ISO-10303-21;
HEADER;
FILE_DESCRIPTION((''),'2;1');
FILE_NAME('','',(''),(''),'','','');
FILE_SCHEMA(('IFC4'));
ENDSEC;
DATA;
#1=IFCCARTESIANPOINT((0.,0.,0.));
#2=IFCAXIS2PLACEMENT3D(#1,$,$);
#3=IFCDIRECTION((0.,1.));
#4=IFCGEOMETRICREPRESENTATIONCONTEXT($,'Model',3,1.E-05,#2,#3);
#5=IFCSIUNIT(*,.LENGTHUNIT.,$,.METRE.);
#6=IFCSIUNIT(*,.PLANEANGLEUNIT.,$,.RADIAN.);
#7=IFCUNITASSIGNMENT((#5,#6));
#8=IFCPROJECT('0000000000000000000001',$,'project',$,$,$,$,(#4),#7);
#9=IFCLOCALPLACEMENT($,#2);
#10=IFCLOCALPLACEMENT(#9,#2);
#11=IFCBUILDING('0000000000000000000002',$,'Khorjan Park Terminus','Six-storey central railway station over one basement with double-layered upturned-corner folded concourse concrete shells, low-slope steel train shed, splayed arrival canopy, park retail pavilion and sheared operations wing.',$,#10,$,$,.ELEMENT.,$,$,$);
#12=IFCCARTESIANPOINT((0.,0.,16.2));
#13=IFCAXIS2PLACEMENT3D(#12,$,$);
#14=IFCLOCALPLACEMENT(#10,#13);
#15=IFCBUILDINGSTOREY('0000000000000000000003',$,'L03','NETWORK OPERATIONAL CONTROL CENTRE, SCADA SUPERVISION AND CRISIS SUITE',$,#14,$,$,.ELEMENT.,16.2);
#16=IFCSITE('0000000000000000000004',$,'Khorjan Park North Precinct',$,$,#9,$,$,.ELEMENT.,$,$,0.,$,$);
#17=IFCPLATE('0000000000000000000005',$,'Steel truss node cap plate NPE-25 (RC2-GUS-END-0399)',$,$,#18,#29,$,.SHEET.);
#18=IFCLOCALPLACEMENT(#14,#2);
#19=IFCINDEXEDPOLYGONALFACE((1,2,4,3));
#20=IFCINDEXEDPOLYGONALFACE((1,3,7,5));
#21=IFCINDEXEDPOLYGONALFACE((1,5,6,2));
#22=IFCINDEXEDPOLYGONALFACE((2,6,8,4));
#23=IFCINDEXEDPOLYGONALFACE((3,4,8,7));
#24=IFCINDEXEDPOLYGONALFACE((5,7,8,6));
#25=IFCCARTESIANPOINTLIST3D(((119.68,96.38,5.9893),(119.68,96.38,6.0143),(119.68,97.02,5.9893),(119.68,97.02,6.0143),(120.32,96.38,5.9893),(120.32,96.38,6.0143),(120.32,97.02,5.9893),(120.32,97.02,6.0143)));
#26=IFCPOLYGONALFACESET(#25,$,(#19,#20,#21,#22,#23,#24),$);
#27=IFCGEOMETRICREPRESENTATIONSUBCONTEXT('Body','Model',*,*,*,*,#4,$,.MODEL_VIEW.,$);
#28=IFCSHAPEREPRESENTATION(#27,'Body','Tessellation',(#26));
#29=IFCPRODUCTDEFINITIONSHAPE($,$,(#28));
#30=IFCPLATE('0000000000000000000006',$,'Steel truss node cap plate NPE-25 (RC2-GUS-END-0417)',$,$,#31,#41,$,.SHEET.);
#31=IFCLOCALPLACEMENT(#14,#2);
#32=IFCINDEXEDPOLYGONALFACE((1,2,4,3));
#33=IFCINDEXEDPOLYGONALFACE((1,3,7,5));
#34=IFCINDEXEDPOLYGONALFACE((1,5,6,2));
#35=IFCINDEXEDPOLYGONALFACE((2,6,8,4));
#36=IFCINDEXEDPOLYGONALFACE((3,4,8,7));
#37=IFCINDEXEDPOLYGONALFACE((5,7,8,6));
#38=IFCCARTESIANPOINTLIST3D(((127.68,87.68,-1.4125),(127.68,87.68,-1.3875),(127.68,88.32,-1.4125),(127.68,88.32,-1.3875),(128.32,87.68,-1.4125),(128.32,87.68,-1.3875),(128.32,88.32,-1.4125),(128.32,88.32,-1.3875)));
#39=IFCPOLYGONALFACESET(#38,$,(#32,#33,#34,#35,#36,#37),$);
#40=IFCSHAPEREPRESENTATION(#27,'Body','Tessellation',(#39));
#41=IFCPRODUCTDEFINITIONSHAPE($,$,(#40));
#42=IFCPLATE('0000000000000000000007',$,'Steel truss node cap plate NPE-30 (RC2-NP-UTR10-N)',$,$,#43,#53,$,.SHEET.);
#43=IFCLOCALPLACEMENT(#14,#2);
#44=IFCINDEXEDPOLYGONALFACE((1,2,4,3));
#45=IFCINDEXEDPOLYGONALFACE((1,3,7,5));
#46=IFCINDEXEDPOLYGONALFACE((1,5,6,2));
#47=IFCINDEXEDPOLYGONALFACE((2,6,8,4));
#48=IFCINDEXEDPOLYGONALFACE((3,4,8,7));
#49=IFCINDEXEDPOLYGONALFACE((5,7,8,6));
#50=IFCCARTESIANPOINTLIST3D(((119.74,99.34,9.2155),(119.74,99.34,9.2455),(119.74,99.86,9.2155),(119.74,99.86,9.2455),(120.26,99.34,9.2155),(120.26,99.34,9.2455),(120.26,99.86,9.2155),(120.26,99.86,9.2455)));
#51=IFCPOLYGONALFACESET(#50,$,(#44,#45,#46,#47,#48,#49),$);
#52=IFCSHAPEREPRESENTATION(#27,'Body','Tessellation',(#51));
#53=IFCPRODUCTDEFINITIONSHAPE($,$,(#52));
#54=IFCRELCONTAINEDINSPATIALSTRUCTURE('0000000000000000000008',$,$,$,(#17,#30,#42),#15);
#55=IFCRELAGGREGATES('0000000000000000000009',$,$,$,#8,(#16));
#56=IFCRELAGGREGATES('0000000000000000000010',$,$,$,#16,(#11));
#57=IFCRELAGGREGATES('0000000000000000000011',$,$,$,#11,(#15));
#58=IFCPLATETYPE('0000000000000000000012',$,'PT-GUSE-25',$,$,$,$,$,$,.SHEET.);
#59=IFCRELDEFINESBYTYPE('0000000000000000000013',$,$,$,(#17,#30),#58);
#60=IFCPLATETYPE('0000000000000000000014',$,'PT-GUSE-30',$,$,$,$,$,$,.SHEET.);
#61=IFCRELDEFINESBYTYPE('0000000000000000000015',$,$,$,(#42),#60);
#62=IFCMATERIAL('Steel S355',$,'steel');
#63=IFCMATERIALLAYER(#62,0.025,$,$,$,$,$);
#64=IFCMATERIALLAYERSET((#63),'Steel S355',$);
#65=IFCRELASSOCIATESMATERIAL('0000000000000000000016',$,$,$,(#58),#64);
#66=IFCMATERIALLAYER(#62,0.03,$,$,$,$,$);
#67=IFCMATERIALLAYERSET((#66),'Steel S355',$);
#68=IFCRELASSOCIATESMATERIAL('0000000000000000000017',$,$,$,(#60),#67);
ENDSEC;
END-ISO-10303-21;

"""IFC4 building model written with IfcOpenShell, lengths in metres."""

from ifc_helpers import new_model, si_unit, direction, frame, origin, origin_2d, place, context, subcontext, project, spatial, rectangle, extrude, material, layer, layer_set, type_object, element, save


model = new_model("IFC4")

# Units and contexts
model_context = context("Model", 3, precision=1e-05, world=origin(), true_north=direction((0.0, 1.0)))
body_context = subcontext(model_context, "Body", "Model", "MODEL_VIEW")
ifc_project = project(units=[si_unit("LENGTHUNIT", "METRE"), si_unit("PLANEANGLEUNIT", "RADIAN")], contexts=[model_context])

# Site, building, storey
site_placement = place(None, origin())
site = spatial("IfcSite", under=ifc_project, at=site_placement, Name="Khorjan Park North Precinct", CompositionType="ELEMENT", RefElevation=0.0)
building_placement = place(site_placement, origin())
building = spatial("IfcBuilding", under=site, at=building_placement, Name="Khorjan Park Terminus", Description="Six-storey central railway station over one basement with double-layered upturned-corner folded concourse concrete shells, low-slope steel train shed, splayed arrival canopy, park retail pavilion and sheared operations wing.", CompositionType="ELEMENT")
storey_placement = place(building_placement, frame((0.0, 0.0, 16.2)))
storey = spatial("IfcBuildingStorey", under=building, at=storey_placement, Name="L03", Description="NETWORK OPERATIONAL CONTROL CENTRE, SCADA SUPERVISION AND CRISIS SUITE", CompositionType="ELEMENT", Elevation=16.2)

# Shared definitions
ifc_material_1 = material(Name="Steel S355", Category="steel")

# Plates
ifc_layer_1 = layer(ifc_material_1, 0.025)
ifc_layer_set_1 = layer_set([ifc_layer_1], Name="Steel S355")
plate_type_1 = type_object("IfcPlateType", Name="PT-GUSE-25", PredefinedType="SHEET", material=ifc_layer_set_1)
for number, where, z_axis, x_axis, name in (
    (1, (120.0, 96.7, 5.9893), (0.0, 0.0, 1.0), (1.0, 0.0, 0.0), "Steel truss node cap plate NPE-25 (RC2-GUS-END-0399)"),
    (2, (128.0, 88.0, -1.4125), (0.0, 0.0, 1.0), (1.0, 0.0, 0.0), "Steel truss node cap plate NPE-25 (RC2-GUS-END-0417)"),
):
    element("IfcPlate", number, at=place(storey_placement, frame(where, z_axis=z_axis, x_axis=x_axis)), inside=storey, type_object=plate_type_1, Name=name, PredefinedType="SHEET", context=body_context, shape_type="SweptSolid", body=[
        extrude(rectangle(XDim=0.64, YDim=0.64, at=origin_2d()), origin(), (0.0, 0.0, 1.0), 0.025),
    ])
ifc_layer_2 = layer(ifc_material_1, 0.03)
ifc_layer_set_2 = layer_set([ifc_layer_2], Name="Steel S355")
plate_type_2 = type_object("IfcPlateType", Name="PT-GUSE-30", PredefinedType="SHEET", material=ifc_layer_set_2)
plate_1_placement = place(storey_placement, frame((120.0, 99.6, 9.2155), z_axis=(0.0, 0.0, 1.0), x_axis=(1.0, 0.0, 0.0)))
element("IfcPlate", 3, at=plate_1_placement, inside=storey, type_object=plate_type_2, Name="Steel truss node cap plate NPE-30 (RC2-NP-UTR10-N)", PredefinedType="SHEET", context=body_context, shape_type="SweptSolid", body=[
    extrude(rectangle(XDim=0.52, YDim=0.52, at=origin_2d()), origin(), (0.0, 0.0, 1.0), 0.03),
])

save(model, "model.ifc")
